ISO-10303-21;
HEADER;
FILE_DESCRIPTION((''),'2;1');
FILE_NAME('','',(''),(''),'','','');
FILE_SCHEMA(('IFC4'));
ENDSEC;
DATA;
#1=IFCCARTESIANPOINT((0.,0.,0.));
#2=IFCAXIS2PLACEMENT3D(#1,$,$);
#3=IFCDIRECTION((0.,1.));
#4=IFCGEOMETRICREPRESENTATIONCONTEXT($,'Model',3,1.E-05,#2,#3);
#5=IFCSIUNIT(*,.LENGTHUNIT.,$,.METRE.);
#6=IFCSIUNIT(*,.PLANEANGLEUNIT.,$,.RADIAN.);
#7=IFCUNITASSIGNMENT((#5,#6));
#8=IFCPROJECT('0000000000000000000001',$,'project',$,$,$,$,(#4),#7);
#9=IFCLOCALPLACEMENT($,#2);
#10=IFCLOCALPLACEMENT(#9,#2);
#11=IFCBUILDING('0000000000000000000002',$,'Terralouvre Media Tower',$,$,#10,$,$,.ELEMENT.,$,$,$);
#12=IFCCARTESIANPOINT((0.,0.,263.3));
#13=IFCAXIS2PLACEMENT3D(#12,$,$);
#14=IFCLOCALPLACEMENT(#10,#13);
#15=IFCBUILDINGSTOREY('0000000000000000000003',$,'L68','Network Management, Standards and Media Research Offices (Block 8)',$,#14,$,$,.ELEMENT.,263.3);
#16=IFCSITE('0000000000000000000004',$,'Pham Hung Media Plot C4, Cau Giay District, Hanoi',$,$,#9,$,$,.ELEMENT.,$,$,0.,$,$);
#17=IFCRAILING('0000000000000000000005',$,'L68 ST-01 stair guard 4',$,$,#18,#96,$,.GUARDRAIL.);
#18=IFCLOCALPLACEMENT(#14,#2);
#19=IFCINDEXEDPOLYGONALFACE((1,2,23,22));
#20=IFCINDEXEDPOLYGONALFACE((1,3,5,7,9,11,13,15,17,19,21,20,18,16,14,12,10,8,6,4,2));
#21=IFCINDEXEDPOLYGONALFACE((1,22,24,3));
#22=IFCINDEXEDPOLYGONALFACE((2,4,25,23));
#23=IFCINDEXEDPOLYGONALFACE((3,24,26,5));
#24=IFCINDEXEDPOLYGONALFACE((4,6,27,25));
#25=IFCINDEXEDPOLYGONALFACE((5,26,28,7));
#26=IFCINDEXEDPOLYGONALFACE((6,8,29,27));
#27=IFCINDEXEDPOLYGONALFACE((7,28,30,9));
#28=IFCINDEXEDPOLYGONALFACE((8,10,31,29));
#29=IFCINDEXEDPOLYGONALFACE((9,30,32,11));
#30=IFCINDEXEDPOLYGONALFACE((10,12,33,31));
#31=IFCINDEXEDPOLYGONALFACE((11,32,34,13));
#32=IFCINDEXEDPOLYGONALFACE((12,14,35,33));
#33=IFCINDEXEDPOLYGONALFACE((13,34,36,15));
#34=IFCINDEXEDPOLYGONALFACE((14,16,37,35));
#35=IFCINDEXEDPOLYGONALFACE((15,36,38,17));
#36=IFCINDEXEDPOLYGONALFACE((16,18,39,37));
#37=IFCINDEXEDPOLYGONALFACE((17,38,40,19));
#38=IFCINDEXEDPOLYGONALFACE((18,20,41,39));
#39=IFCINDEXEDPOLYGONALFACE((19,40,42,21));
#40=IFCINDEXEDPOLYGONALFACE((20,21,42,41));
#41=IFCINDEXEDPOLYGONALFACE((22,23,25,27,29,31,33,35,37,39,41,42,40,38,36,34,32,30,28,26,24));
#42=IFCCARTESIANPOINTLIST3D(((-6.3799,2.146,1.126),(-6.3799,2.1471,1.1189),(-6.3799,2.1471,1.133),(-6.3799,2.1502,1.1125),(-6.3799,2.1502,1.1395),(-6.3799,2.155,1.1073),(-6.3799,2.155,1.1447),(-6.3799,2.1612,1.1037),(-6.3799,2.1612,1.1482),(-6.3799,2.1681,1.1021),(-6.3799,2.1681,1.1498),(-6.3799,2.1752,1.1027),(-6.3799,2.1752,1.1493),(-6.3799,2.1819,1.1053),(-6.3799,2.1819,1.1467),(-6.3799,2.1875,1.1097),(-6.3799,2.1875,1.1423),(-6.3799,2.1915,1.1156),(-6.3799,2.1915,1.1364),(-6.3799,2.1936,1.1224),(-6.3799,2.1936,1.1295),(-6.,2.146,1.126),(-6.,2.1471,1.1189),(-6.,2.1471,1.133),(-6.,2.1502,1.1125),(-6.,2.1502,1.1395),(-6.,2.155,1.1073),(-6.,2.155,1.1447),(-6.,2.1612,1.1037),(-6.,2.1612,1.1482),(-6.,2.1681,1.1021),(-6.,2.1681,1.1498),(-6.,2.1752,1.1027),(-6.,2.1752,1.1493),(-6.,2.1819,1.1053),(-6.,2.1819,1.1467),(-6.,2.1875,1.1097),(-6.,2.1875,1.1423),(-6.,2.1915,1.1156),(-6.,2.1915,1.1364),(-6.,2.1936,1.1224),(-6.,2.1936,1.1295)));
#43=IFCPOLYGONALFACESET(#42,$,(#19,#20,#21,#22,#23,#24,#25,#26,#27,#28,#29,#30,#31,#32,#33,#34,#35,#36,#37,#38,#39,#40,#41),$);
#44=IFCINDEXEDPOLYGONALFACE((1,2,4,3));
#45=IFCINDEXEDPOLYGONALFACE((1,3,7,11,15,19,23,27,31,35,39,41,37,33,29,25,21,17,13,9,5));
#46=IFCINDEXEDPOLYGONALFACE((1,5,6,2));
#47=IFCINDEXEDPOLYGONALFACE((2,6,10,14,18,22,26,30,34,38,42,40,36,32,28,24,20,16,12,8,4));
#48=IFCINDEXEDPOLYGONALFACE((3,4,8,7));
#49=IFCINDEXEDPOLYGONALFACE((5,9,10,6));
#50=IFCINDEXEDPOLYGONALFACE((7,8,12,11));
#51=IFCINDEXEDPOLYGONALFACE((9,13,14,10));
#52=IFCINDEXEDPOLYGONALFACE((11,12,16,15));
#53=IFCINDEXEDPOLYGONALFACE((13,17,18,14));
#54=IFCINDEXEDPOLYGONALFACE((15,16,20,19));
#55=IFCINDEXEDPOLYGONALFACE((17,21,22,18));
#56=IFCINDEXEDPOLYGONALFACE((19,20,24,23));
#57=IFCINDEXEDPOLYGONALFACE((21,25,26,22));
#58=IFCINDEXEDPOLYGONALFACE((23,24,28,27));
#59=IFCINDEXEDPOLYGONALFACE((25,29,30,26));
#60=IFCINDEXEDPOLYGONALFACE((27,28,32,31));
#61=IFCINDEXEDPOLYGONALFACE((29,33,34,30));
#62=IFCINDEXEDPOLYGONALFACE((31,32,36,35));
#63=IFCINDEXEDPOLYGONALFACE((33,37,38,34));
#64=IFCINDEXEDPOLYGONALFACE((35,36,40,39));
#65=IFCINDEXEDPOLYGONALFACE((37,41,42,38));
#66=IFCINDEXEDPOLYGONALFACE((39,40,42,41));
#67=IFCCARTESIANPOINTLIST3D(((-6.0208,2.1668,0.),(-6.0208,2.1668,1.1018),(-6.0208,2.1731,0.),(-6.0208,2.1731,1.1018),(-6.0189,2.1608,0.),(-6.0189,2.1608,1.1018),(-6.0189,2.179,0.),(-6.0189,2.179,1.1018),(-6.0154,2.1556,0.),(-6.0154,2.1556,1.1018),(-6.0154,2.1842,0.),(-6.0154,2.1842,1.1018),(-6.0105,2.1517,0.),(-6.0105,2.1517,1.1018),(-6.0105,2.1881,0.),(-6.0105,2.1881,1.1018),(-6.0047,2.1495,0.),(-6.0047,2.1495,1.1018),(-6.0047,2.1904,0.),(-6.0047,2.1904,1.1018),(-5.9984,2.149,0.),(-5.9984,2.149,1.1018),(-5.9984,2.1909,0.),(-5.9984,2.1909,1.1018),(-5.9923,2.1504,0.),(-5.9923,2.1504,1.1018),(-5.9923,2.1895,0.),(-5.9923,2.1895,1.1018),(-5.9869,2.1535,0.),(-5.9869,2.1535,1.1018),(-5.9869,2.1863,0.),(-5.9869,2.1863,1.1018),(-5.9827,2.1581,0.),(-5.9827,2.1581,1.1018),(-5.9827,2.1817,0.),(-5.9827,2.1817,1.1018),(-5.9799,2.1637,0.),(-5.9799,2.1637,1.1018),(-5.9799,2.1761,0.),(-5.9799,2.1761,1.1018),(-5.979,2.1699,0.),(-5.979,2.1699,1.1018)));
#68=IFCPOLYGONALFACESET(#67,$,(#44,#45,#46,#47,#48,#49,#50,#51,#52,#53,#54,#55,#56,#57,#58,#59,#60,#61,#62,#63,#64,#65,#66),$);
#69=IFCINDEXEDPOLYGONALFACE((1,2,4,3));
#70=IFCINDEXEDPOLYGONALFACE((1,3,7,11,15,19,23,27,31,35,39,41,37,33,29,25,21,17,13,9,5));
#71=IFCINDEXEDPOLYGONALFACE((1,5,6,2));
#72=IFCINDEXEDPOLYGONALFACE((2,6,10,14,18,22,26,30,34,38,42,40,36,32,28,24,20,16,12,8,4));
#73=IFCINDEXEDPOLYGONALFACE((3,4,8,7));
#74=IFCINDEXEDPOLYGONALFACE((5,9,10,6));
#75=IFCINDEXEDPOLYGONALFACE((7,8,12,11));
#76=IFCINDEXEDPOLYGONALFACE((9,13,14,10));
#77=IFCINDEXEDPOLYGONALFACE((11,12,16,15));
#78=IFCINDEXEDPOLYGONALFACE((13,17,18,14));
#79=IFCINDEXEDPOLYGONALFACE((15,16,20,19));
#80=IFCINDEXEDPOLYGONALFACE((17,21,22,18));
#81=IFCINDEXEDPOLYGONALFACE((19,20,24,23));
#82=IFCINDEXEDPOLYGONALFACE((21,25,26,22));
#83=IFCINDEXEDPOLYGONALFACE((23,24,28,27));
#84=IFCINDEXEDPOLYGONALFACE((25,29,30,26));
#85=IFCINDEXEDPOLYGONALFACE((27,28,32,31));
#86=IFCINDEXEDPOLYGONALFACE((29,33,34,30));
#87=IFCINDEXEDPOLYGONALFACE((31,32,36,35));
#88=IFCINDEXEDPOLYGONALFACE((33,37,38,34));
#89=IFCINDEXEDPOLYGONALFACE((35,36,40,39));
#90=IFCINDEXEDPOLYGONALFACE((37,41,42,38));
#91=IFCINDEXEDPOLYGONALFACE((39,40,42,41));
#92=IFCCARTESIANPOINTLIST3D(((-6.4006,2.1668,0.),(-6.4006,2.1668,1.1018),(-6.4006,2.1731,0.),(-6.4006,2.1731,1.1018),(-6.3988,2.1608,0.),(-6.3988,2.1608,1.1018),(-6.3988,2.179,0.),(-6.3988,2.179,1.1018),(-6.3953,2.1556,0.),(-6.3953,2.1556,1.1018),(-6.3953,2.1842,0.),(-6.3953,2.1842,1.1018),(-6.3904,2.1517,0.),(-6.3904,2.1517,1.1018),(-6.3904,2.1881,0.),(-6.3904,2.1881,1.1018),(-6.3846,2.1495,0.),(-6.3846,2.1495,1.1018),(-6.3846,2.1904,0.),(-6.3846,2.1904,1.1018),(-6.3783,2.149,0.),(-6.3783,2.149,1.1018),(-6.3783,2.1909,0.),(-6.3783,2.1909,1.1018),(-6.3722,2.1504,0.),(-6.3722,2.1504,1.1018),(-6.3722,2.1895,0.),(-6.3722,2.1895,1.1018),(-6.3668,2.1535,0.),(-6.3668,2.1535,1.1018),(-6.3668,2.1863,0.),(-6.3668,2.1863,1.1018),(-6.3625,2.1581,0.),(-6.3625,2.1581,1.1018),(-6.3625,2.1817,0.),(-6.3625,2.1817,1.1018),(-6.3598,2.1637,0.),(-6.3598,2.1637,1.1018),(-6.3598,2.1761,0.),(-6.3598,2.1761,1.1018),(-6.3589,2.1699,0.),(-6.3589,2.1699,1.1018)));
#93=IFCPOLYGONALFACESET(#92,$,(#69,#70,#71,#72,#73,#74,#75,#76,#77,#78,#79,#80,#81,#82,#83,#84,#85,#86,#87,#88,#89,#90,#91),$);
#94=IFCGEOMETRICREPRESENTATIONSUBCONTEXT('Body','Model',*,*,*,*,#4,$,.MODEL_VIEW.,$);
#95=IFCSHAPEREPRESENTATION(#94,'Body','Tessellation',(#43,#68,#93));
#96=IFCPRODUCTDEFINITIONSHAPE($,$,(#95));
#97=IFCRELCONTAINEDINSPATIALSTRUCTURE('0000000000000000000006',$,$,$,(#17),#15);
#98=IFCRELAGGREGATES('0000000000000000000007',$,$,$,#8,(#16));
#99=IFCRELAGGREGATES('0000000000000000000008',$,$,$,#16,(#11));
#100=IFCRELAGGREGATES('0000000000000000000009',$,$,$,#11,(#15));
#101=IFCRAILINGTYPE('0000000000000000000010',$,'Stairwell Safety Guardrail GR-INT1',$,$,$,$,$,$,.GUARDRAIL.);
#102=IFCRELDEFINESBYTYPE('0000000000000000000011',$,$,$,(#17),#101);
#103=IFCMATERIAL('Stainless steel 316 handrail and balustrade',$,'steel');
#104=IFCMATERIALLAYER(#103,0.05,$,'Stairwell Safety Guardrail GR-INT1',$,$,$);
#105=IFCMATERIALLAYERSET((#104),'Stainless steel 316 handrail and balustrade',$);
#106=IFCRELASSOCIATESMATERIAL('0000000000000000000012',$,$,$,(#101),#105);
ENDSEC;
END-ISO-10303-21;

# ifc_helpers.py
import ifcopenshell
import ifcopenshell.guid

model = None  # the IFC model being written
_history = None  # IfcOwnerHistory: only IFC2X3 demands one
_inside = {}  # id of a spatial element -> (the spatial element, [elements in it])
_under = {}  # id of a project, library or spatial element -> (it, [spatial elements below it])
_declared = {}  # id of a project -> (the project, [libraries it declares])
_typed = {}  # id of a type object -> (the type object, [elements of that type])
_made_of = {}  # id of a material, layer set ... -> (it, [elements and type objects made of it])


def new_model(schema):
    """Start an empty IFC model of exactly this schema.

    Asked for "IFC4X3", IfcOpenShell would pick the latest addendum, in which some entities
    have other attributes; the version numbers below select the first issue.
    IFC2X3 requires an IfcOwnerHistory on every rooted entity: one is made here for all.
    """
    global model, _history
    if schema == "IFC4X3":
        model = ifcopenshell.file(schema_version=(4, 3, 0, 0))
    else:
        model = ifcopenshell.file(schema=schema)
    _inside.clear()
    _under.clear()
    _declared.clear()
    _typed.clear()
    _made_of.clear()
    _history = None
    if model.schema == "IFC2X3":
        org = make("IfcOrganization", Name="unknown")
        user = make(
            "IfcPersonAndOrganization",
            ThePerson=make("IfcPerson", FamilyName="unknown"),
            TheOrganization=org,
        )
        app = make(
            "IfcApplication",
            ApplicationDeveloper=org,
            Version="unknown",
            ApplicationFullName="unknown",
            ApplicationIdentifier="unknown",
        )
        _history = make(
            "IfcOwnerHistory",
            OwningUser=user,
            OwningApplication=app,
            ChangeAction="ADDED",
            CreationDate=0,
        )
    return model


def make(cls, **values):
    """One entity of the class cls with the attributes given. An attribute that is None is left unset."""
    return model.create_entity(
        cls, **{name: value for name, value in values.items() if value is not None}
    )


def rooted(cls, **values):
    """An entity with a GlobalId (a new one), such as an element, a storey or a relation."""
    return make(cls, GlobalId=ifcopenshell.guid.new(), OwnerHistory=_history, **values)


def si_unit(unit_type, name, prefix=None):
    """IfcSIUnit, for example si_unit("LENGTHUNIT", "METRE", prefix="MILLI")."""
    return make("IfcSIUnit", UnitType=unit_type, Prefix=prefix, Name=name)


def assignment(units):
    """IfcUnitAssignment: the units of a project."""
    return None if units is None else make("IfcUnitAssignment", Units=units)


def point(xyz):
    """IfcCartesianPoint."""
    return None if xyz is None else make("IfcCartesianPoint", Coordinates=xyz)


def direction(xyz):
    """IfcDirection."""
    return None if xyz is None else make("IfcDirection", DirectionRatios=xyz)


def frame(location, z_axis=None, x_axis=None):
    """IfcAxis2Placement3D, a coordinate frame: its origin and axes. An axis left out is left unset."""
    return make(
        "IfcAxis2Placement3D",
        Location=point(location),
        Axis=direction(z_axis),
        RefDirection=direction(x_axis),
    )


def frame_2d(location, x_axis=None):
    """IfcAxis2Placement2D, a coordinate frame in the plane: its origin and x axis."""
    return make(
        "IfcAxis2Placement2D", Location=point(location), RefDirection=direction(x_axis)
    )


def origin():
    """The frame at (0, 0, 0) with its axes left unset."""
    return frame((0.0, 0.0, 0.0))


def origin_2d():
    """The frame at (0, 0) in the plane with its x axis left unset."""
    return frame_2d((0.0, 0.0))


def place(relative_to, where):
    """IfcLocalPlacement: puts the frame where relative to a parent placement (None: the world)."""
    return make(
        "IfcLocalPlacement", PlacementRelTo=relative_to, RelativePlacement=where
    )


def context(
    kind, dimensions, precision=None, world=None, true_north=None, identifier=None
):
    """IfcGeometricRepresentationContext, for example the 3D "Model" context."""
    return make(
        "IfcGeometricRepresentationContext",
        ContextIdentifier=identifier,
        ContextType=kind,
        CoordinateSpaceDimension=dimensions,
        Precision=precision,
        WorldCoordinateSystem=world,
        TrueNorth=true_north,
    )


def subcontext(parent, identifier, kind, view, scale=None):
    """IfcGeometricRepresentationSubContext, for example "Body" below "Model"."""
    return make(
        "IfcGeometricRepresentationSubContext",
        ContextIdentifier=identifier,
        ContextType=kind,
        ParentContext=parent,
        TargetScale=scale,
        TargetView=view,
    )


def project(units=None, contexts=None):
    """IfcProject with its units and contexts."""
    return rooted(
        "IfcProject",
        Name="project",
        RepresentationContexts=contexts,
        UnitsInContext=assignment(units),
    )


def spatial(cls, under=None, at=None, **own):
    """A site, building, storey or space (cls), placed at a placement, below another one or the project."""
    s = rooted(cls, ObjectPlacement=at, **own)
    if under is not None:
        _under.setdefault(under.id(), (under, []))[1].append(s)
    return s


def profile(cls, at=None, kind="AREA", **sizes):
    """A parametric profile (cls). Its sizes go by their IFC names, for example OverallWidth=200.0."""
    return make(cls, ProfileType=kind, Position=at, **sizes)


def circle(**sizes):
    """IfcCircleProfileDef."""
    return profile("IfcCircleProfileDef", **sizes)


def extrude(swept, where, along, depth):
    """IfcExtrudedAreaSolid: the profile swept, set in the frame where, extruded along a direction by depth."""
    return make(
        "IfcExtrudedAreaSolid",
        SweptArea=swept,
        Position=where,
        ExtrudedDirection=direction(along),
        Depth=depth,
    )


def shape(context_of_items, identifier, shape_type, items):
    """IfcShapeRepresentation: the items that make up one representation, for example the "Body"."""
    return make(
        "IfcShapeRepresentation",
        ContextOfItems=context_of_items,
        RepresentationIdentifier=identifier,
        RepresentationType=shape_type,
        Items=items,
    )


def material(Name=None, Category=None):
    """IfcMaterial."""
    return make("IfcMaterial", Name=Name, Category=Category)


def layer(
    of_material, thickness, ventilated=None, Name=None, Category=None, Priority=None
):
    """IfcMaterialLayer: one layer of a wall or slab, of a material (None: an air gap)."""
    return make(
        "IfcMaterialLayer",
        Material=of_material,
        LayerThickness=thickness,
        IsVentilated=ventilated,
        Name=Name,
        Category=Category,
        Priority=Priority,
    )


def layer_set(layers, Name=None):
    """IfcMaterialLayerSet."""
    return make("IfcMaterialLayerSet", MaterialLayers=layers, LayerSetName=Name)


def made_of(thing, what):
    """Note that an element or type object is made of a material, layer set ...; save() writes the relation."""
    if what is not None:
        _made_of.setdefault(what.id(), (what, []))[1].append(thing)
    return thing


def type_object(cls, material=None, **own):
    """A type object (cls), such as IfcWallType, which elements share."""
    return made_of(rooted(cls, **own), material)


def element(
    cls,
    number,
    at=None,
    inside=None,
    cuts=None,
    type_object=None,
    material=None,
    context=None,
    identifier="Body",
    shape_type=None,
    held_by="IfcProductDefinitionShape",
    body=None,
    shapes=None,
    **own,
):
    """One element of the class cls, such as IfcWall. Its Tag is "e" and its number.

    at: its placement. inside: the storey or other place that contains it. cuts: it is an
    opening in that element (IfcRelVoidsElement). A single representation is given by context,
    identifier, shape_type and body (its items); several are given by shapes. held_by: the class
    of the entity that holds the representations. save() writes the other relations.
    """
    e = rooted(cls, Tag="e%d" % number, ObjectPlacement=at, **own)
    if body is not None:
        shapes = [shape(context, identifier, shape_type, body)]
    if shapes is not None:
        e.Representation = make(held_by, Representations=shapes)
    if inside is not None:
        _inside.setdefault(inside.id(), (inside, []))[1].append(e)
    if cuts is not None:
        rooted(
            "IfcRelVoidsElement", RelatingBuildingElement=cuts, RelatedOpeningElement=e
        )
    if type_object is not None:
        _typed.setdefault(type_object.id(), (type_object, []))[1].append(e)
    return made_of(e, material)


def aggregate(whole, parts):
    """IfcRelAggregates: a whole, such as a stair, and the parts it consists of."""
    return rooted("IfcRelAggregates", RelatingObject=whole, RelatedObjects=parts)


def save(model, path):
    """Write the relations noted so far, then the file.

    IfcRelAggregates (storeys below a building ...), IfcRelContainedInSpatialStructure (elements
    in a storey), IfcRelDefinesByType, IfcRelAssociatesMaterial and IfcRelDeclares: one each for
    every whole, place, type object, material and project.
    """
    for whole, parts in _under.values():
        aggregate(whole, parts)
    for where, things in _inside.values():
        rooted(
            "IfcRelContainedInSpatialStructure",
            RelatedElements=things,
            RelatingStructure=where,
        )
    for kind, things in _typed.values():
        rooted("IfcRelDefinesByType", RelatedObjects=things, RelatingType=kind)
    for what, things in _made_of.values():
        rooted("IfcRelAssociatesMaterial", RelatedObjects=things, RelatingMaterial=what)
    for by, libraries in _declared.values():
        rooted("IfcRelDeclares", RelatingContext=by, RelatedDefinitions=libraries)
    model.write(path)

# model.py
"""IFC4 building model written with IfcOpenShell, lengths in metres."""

from ifc_helpers import new_model, si_unit, direction, frame, origin, origin_2d, place, context, subcontext, project, spatial, circle, extrude, material, layer, layer_set, type_object, element, save


model = new_model("IFC4")

# Units and contexts
model_context = context("Model", 3, precision=1e-05, world=origin(), true_north=direction((0.0, 1.0)))
body_context = subcontext(model_context, "Body", "Model", "MODEL_VIEW")
ifc_project = project(units=[si_unit("LENGTHUNIT", "METRE"), si_unit("PLANEANGLEUNIT", "RADIAN")], contexts=[model_context])

# Site, building, storey
site_placement = place(None, origin())
site = spatial("IfcSite", under=ifc_project, at=site_placement, Name="Pham Hung Media Plot C4, Cau Giay District, Hanoi", CompositionType="ELEMENT", RefElevation=0.0)
building_placement = place(site_placement, origin())
building = spatial("IfcBuilding", under=site, at=building_placement, Name="Terralouvre Media Tower", CompositionType="ELEMENT")
storey_placement = place(building_placement, frame((0.0, 0.0, 263.3)))
storey = spatial("IfcBuildingStorey", under=building, at=storey_placement, Name="L68", Description="Network Management, Standards and Media Research Offices (Block 8)", CompositionType="ELEMENT", Elevation=263.3)

# Railing
ifc_material_1 = material(Name="Stainless steel 316 handrail and balustrade", Category="steel")
ifc_layer_1 = layer(ifc_material_1, 0.05, Name="Stairwell Safety Guardrail GR-INT1")
ifc_layer_set_1 = layer_set([ifc_layer_1], Name="Stainless steel 316 handrail and balustrade")
railing_type_1 = type_object("IfcRailingType", Name="Stairwell Safety Guardrail GR-INT1", PredefinedType="GUARDRAIL", material=ifc_layer_set_1)
railing_1_placement = place(storey_placement, frame((-6.0, 2.1699, 0.0)))
element("IfcRailing", 1, at=railing_1_placement, inside=storey, type_object=railing_type_1, Name="L68 ST-01 stair guard 4", PredefinedType="GUARDRAIL", context=body_context, shape_type="SweptSolid", body=[
    extrude(circle(Radius=0.0239, at=origin_2d()), frame((0.0, 0.0, 1.126), z_axis=(-1.0, 0.0, 0.0), x_axis=(0.0, -1.0, 0.0)), (0.0, 0.0, 1.0), 0.3799),
    extrude(circle(Radius=0.021, at=origin_2d()), origin(), (0.0, 0.0, 1.0), 1.1018),
    extrude(circle(Radius=0.021, at=origin_2d()), frame((-0.3799, 0.0, 0.0)), (0.0, 0.0, 1.0), 1.1018),
])

save(model, "model.ifc")
